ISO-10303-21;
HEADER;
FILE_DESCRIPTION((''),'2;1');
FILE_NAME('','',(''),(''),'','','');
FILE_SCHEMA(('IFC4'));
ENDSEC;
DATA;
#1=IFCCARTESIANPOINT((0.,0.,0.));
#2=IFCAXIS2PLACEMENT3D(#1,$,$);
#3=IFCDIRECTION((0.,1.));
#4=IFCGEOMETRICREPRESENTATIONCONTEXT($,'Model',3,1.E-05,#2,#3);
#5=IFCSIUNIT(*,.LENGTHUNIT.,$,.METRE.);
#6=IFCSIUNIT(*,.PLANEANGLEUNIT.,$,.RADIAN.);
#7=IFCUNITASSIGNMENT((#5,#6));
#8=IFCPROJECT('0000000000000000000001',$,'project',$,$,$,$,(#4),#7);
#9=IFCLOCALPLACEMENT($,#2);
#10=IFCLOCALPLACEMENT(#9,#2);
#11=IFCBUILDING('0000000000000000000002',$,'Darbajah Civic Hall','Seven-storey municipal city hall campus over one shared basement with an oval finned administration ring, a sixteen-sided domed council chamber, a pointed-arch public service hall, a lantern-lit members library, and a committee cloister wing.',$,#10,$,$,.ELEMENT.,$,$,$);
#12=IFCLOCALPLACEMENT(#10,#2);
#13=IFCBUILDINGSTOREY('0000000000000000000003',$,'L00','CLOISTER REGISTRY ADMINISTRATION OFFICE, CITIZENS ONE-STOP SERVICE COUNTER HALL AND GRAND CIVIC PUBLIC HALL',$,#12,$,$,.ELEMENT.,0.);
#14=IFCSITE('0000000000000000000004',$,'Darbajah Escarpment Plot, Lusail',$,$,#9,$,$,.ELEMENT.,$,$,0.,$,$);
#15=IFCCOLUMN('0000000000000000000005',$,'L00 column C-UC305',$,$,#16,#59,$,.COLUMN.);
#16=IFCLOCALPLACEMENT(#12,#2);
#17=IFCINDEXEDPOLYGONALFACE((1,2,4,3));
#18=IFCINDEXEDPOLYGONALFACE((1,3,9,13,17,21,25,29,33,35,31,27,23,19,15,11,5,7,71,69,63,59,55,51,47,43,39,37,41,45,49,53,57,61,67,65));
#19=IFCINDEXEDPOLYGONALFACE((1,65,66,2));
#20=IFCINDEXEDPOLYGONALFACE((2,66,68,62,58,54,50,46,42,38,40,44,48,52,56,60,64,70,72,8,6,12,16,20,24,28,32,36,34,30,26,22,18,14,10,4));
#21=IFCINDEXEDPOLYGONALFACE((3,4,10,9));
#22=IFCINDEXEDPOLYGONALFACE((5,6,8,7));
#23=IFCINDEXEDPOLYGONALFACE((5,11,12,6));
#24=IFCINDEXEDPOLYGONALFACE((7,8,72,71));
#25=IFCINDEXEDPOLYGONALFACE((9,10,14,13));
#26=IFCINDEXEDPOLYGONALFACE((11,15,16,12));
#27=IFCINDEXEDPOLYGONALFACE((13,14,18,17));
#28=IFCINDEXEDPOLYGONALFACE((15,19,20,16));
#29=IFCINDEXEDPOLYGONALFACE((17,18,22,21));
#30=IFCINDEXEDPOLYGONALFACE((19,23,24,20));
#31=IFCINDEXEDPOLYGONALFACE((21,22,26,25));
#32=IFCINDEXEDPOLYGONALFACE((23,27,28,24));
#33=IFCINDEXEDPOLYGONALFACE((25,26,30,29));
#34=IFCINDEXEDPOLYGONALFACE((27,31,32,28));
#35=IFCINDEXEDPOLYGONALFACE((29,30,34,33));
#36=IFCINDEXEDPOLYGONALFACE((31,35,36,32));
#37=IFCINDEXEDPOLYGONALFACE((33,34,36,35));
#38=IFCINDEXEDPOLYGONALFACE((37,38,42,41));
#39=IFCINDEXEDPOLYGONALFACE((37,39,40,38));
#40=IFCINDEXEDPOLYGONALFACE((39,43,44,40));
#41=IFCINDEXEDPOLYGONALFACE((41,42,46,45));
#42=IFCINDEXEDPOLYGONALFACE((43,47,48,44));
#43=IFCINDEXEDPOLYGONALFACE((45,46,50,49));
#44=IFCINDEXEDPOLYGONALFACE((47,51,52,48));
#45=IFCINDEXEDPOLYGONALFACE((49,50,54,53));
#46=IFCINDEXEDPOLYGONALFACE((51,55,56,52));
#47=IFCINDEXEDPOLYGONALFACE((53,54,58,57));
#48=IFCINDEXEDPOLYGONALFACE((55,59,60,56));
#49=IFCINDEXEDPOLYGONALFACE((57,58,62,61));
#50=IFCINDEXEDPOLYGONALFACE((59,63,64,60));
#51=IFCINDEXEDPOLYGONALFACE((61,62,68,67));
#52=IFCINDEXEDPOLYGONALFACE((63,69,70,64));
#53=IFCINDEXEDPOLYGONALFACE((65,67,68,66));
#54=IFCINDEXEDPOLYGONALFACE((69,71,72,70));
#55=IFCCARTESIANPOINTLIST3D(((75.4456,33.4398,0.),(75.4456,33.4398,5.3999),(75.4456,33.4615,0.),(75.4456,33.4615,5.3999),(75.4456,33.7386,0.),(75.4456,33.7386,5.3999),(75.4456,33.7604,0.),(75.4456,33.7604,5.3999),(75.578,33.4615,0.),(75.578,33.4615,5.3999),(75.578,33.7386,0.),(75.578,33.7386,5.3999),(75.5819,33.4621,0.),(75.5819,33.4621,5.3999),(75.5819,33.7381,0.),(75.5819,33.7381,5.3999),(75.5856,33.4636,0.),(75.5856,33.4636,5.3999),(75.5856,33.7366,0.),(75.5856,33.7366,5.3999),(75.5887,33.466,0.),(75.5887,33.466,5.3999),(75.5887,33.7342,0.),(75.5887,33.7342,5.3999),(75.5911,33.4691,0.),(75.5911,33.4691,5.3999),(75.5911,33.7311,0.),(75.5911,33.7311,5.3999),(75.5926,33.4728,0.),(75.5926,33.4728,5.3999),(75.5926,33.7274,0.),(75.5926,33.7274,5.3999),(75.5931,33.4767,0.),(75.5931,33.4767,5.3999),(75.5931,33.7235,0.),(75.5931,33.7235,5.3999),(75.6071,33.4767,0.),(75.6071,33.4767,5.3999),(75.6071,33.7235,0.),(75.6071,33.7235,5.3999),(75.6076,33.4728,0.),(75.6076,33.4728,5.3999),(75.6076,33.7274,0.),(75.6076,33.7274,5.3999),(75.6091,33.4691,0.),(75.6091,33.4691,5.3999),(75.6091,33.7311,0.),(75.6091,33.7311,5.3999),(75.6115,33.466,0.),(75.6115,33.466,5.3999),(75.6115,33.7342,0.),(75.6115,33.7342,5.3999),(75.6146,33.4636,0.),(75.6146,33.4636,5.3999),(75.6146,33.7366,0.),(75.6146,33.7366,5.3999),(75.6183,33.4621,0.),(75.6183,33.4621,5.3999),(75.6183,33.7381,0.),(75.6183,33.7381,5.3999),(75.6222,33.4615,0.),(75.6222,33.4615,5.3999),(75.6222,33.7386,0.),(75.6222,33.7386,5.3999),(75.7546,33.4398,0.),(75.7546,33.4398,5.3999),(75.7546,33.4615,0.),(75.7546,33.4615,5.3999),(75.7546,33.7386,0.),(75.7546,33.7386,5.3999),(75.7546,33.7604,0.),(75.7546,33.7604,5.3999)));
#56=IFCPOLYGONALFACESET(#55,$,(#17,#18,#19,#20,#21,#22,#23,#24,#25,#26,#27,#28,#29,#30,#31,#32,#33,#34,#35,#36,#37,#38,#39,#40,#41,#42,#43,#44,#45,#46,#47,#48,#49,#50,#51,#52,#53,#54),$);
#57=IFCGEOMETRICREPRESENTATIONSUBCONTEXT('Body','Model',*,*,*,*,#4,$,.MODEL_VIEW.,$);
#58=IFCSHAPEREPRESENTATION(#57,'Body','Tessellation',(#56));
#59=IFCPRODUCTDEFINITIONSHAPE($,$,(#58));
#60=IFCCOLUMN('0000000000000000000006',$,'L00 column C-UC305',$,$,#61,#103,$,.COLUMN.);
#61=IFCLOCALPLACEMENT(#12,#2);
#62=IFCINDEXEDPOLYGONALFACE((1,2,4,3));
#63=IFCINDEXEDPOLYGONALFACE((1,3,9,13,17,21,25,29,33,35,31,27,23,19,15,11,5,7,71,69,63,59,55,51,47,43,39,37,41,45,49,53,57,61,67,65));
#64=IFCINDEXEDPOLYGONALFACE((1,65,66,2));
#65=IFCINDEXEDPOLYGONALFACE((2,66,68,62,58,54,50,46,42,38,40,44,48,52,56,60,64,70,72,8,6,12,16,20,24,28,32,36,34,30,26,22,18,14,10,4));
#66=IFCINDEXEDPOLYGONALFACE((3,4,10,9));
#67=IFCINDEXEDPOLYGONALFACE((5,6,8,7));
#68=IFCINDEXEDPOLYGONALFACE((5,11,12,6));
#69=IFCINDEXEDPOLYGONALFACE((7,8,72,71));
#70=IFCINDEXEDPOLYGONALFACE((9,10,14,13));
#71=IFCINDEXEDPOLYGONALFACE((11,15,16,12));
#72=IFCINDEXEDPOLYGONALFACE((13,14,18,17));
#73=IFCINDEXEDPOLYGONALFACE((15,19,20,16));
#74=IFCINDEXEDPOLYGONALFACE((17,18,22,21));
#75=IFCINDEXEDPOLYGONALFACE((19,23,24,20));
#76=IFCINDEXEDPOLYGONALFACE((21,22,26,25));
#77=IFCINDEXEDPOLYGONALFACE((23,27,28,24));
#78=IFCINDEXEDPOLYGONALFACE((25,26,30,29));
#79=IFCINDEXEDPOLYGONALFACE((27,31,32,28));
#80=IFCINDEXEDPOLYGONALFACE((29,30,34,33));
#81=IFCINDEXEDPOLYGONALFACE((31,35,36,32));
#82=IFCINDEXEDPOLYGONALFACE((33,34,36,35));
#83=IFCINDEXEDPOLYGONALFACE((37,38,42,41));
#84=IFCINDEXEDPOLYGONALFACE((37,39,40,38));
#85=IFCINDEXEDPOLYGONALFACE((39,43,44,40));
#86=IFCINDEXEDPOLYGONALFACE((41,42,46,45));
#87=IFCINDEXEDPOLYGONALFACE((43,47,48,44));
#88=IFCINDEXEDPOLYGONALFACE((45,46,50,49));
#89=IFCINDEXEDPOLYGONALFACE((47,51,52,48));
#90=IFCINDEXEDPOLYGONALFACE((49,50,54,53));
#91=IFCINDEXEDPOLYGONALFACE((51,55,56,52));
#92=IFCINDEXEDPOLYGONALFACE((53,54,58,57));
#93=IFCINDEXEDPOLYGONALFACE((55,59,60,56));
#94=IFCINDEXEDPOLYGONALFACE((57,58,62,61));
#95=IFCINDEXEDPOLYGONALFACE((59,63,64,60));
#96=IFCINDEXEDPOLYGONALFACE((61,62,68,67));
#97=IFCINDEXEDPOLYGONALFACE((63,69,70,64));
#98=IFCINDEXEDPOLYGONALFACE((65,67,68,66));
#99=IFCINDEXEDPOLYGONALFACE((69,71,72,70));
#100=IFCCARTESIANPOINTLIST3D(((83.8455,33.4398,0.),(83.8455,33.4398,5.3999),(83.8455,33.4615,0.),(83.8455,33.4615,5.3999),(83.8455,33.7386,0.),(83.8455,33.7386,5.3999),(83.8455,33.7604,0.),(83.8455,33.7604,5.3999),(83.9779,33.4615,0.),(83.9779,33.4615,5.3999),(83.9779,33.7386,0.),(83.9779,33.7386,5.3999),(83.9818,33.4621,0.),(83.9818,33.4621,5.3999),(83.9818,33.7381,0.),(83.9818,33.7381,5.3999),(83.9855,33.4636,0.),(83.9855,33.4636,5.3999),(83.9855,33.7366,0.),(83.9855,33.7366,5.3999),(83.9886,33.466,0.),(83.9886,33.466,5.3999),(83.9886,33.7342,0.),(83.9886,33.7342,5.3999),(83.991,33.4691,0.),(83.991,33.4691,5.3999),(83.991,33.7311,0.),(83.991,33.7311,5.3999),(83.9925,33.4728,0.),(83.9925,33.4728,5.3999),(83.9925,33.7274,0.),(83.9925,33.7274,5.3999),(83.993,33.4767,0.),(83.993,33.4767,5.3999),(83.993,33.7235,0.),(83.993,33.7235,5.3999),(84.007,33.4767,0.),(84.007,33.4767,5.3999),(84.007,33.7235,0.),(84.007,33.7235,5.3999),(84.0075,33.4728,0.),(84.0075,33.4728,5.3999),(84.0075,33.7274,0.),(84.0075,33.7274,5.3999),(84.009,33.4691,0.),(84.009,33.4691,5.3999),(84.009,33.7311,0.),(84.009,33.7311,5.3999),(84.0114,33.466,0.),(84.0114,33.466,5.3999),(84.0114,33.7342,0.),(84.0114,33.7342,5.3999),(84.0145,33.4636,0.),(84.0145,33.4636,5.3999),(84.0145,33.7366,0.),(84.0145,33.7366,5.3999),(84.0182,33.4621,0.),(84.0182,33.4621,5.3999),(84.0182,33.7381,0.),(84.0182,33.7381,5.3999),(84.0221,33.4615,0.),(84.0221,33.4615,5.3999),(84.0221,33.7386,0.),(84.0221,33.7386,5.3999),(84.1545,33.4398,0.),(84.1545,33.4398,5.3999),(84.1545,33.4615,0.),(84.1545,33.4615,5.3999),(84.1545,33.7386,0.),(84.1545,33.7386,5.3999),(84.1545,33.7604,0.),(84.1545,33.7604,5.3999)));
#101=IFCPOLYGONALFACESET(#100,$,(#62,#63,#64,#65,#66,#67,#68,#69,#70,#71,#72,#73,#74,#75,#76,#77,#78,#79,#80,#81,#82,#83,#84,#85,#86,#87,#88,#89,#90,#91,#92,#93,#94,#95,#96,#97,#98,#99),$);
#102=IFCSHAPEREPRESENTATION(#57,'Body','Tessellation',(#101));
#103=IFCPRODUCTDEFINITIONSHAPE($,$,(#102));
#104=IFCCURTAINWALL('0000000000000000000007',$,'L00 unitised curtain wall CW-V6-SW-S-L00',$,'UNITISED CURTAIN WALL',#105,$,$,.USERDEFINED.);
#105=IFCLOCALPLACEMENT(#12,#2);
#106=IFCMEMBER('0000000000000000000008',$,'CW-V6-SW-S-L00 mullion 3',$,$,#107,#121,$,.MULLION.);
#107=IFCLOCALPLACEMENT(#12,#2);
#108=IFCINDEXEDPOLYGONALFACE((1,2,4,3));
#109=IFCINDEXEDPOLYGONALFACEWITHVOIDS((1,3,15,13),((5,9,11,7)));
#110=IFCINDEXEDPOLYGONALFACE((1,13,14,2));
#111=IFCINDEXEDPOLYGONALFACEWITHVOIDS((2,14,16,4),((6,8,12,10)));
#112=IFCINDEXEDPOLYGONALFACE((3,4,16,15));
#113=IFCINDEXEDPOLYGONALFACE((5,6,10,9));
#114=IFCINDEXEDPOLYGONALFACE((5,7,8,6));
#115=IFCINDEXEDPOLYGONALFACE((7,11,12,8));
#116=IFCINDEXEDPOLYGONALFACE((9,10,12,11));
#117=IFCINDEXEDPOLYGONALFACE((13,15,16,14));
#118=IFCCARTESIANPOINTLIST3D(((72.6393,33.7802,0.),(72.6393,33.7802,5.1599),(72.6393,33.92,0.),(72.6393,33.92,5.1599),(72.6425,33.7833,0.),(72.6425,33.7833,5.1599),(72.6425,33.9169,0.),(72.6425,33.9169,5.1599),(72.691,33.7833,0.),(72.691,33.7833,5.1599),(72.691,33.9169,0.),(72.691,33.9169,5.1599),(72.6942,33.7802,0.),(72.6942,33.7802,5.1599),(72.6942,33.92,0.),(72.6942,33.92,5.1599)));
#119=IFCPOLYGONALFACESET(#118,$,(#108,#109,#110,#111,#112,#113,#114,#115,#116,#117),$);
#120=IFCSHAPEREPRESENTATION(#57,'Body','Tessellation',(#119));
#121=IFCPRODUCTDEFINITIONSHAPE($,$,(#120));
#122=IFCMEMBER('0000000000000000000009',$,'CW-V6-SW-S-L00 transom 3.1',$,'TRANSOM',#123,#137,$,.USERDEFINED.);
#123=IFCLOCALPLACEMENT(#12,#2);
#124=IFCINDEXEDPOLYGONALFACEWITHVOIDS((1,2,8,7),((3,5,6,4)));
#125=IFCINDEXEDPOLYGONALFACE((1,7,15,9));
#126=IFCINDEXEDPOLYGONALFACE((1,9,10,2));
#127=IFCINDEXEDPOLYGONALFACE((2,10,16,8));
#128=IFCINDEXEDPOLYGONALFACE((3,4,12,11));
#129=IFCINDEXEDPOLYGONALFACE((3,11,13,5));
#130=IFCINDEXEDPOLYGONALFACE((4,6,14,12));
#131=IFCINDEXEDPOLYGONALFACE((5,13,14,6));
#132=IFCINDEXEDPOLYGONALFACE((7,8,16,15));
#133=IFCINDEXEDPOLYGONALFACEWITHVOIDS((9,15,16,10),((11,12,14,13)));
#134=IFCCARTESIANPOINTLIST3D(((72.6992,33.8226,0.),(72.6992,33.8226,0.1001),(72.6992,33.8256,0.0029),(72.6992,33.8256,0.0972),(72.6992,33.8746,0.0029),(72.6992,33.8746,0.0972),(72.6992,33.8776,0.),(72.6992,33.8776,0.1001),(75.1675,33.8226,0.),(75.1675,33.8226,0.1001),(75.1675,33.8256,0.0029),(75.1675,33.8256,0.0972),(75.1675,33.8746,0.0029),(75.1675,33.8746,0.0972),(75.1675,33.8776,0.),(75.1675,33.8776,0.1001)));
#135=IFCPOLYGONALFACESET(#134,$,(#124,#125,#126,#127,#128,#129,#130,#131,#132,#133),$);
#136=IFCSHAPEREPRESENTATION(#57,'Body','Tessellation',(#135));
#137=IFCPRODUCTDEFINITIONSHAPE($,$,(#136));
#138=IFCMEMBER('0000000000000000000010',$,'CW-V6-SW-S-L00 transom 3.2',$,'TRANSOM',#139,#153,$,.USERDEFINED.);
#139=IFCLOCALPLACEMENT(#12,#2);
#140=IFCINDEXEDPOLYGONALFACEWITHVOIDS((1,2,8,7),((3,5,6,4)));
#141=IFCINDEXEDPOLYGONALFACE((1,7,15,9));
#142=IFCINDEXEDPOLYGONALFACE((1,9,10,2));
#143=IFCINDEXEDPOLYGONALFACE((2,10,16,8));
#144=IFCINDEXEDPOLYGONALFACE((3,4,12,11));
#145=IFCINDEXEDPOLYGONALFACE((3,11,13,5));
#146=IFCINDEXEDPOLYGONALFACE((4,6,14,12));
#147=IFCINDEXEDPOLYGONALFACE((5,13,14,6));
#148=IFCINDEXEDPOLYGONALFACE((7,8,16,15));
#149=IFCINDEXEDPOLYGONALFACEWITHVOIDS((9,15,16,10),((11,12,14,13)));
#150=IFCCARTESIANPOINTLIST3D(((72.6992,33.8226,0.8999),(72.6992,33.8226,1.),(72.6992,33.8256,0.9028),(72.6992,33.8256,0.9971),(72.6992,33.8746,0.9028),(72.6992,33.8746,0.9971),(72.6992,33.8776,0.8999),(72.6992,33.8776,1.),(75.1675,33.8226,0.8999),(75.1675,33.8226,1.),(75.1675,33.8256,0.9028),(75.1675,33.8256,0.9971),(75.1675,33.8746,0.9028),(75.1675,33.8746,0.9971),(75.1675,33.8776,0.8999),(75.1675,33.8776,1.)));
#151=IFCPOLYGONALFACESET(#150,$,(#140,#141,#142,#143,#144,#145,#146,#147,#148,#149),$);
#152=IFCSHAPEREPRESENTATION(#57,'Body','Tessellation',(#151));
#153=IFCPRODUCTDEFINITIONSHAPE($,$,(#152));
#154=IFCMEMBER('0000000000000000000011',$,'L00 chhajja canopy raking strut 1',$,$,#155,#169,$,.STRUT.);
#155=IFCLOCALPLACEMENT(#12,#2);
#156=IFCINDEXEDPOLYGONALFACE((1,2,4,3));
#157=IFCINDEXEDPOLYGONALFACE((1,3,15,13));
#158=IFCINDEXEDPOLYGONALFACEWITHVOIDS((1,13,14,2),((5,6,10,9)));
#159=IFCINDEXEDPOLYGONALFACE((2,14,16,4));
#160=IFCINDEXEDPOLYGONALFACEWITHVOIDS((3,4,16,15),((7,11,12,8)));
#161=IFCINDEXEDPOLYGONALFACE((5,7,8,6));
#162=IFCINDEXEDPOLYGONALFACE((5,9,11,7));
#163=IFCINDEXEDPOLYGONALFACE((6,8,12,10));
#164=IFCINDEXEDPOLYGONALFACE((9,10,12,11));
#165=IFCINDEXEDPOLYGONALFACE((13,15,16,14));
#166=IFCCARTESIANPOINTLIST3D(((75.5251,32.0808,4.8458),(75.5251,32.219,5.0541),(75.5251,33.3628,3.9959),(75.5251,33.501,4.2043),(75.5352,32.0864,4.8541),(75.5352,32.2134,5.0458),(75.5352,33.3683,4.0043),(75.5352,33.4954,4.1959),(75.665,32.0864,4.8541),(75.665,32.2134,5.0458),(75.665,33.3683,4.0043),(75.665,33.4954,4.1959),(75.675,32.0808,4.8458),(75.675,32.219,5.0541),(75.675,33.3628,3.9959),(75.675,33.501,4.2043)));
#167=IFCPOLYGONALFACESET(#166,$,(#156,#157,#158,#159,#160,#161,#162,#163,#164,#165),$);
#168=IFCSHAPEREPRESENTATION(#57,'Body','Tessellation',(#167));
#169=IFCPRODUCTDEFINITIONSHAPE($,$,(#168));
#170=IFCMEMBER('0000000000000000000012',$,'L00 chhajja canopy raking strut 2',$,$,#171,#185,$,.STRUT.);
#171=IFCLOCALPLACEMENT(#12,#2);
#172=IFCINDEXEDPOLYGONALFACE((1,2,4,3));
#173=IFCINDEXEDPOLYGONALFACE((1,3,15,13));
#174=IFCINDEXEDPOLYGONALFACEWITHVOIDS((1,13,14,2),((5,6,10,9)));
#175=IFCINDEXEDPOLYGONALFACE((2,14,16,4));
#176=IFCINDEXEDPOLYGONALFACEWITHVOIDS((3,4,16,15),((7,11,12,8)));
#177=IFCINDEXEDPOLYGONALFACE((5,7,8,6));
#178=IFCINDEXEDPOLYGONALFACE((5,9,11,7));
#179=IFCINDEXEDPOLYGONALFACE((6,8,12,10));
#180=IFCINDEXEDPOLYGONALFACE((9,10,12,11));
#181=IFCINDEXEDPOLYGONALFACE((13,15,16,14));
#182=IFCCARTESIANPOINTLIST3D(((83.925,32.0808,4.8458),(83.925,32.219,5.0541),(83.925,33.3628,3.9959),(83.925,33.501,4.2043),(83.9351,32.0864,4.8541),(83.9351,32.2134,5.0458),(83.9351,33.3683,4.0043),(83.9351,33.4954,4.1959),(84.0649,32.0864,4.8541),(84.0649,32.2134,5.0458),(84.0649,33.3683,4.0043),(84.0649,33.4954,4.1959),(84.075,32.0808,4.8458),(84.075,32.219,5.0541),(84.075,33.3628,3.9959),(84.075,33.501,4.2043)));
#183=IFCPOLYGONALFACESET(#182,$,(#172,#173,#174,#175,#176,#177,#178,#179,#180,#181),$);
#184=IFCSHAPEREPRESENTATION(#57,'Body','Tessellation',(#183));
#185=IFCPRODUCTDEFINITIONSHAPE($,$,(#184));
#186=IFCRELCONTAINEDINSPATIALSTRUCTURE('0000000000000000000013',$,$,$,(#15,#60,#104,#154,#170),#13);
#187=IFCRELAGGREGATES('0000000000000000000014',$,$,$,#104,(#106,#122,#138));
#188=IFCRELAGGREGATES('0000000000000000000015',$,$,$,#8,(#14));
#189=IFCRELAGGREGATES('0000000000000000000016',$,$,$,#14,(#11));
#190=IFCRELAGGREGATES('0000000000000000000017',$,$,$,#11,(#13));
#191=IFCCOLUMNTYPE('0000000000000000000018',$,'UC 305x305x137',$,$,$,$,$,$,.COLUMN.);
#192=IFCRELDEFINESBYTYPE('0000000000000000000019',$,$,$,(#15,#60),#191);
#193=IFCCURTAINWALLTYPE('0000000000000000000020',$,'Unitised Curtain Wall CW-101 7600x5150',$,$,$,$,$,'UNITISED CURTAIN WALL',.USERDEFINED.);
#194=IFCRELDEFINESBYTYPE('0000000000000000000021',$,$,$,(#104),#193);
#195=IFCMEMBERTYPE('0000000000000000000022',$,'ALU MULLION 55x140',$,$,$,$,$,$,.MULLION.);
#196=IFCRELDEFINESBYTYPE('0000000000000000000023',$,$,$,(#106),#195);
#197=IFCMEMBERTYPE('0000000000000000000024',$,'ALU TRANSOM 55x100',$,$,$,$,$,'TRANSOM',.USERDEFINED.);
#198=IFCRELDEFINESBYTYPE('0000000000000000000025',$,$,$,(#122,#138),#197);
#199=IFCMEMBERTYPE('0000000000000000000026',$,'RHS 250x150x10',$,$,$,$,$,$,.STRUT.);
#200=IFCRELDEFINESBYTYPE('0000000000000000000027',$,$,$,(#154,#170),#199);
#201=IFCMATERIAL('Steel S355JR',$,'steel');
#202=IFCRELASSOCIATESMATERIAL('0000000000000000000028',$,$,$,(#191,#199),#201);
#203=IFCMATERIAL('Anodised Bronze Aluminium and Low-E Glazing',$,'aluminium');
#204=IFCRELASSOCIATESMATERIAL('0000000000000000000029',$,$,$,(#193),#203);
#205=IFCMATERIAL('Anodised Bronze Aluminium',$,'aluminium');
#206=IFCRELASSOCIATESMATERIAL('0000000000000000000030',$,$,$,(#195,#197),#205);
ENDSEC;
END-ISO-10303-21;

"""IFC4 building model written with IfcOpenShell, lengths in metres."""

from ifc_helpers import new_model, si_unit, direction, frame, origin, origin_2d, place, context, subcontext, project, spatial, hollow_rectangle, i_section, extrude, material, material_profile, profile_set, type_object, element, aggregate, save


model = new_model("IFC4")

# Units and contexts
model_context = context("Model", 3, precision=1e-05, world=origin(), true_north=direction((0.0, 1.0)))
body_context = subcontext(model_context, "Body", "Model", "MODEL_VIEW")
ifc_project = project(units=[si_unit("LENGTHUNIT", "METRE"), si_unit("PLANEANGLEUNIT", "RADIAN")], contexts=[model_context])

# Site, building, storey
site_placement = place(None, origin())
site = spatial("IfcSite", under=ifc_project, at=site_placement, Name="Darbajah Escarpment Plot, Lusail", CompositionType="ELEMENT", RefElevation=0.0)
building_placement = place(site_placement, origin())
building = spatial("IfcBuilding", under=site, at=building_placement, Name="Darbajah Civic Hall", Description="Seven-storey municipal city hall campus over one shared basement with an oval finned administration ring, a sixteen-sided domed council chamber, a pointed-arch public service hall, a lantern-lit members library, and a committee cloister wing.", CompositionType="ELEMENT")
storey_placement = place(building_placement, origin())
storey = spatial("IfcBuildingStorey", under=building, at=storey_placement, Name="L00", Description="CLOISTER REGISTRY ADMINISTRATION OFFICE, CITIZENS ONE-STOP SERVICE COUNTER HALL AND GRAND CIVIC PUBLIC HALL", CompositionType="ELEMENT", Elevation=0.0)

# Columns
ifc_material_1 = material(Name="Steel S355JR", Category="steel")
ifc_material_profile_1 = material_profile(ifc_material_1, i_section(OverallWidth=0.3091, OverallDepth=0.3206, WebThickness=0.0139, FlangeThickness=0.0217, FilletRadius=0.0151, at=origin_2d()), Name="UC 305x305x137")
ifc_profile_set_1 = profile_set([ifc_material_profile_1], Name="Steel S355JR")
column_type = type_object("IfcColumnType", Name="UC 305x305x137", PredefinedType="COLUMN", material=ifc_profile_set_1)
for number, where, z_axis, x_axis, name in (
    (1, (75.6001, 33.6001, 0.0), (0.0, 0.0, 1.0), (1.0, 0.0, 0.0), "L00 column C-UC305"),
    (2, (84.0, 33.6001, 0.0), (0.0, 0.0, 1.0), (1.0, 0.0, 0.0), "L00 column C-UC305"),
):
    element("IfcColumn", number, at=place(storey_placement, frame(where, z_axis=z_axis, x_axis=x_axis)), inside=storey, type_object=column_type, Name=name, PredefinedType="COLUMN", context=body_context, shape_type="SweptSolid", body=[
        extrude(i_section(OverallWidth=0.3091, OverallDepth=0.3206, WebThickness=0.0139, FlangeThickness=0.0217, FilletRadius=0.0151, at=origin_2d()), origin(), (0.0, 0.0, 1.0), 5.3999),
    ])

# Curtain wall, members
ifc_material_2 = material(Name="Anodised Bronze Aluminium and Low-E Glazing", Category="aluminium")
curtain_wall_type = type_object("IfcCurtainWallType", Name="Unitised Curtain Wall CW-101 7600x5150", ElementType="UNITISED CURTAIN WALL", PredefinedType="USERDEFINED", material=ifc_material_2)
curtain_wall_placement = place(storey_placement, origin())
curtain_wall = element("IfcCurtainWall", 3, at=curtain_wall_placement, inside=storey, type_object=curtain_wall_type, Name="L00 unitised curtain wall CW-V6-SW-S-L00", ObjectType="UNITISED CURTAIN WALL", PredefinedType="USERDEFINED")
ifc_material_3 = material(Name="Anodised Bronze Aluminium", Category="aluminium")
ifc_material_profile_2 = material_profile(ifc_material_3, hollow_rectangle(XDim=0.0549, YDim=0.1399, WallThickness=0.0032, at=origin_2d()), Name="ALU MULLION 55x140")
ifc_profile_set_2 = profile_set([ifc_material_profile_2], Name="Anodised Bronze Aluminium")
member_type_1 = type_object("IfcMemberType", Name="ALU MULLION 55x140", PredefinedType="MULLION", material=ifc_profile_set_2)
member_1_placement = place(storey_placement, frame((72.6667, 33.8501, 0.0), z_axis=(0.0, 0.0, 1.0), x_axis=(1.0, 0.0, 0.0)))
member_1 = element("IfcMember", 4, at=member_1_placement, type_object=member_type_1, Name="CW-V6-SW-S-L00 mullion 3", PredefinedType="MULLION", context=body_context, shape_type="SweptSolid", body=[
    extrude(hollow_rectangle(XDim=0.0549, YDim=0.1399, WallThickness=0.0032, at=origin_2d()), origin(), (0.0, 0.0, 1.0), 5.1599),
])
ifc_material_profile_3 = material_profile(ifc_material_3, hollow_rectangle(XDim=0.0549, YDim=0.1001, WallThickness=0.0029, at=origin_2d()), Name="ALU TRANSOM 55x100")
ifc_profile_set_3 = profile_set([ifc_material_profile_3], Name="Anodised Bronze Aluminium")
member_type_2 = type_object("IfcMemberType", Name="ALU TRANSOM 55x100", ElementType="TRANSOM", PredefinedType="USERDEFINED", material=ifc_profile_set_3)
member_2_placement = place(storey_placement, frame((72.6992, 33.8501, 0.05), z_axis=(1.0, 0.0, 0.0), x_axis=(0.0, 1.0, 0.0)))
member_2 = element("IfcMember", 5, at=member_2_placement, type_object=member_type_2, Name="CW-V6-SW-S-L00 transom 3.1", ObjectType="TRANSOM", PredefinedType="USERDEFINED", context=body_context, shape_type="SweptSolid", body=[
    extrude(hollow_rectangle(XDim=0.0549, YDim=0.1001, WallThickness=0.0029, at=origin_2d()), origin(), (0.0, 0.0, 1.0), 2.4683),
])
member_3_placement = place(storey_placement, frame((72.6992, 33.8501, 0.95), z_axis=(1.0, 0.0, 0.0), x_axis=(0.0, 1.0, 0.0)))
member_3 = element("IfcMember", 6, at=member_3_placement, type_object=member_type_2, Name="CW-V6-SW-S-L00 transom 3.2", ObjectType="TRANSOM", PredefinedType="USERDEFINED", context=body_context, shape_type="SweptSolid", body=[
    extrude(hollow_rectangle(XDim=0.0549, YDim=0.1001, WallThickness=0.0029, at=origin_2d()), origin(), (0.0, 0.0, 1.0), 2.4683),
])

# Members
ifc_material_profile_4 = material_profile(ifc_material_1, hollow_rectangle(XDim=0.1499, YDim=0.25, WallThickness=0.01, at=origin_2d()), Name="RHS 250x150x10")
ifc_profile_set_4 = profile_set([ifc_material_profile_4], Name="Steel S355JR")
member_type_3 = type_object("IfcMemberType", Name="RHS 250x150x10", PredefinedType="STRUT", material=ifc_profile_set_4)
for number, where, z_axis, x_axis, name in (
    (7, (75.6001, 33.4319, 4.1001), (0.0, -0.833488, 0.552537), (1.0, 0.0, 0.0), "L00 chhajja canopy raking strut 1"),
    (8, (84.0, 33.4319, 4.1001), (0.0, -0.833488, 0.552537), (1.0, 0.0, 0.0), "L00 chhajja canopy raking strut 2"),
):
    element("IfcMember", number, at=place(storey_placement, frame(where, z_axis=z_axis, x_axis=x_axis)), inside=storey, type_object=member_type_3, Name=name, PredefinedType="STRUT", context=body_context, shape_type="SweptSolid", body=[
        extrude(hollow_rectangle(XDim=0.1499, YDim=0.25, WallThickness=0.01, at=origin_2d()), origin(), (0.0, 0.0, 1.0), 1.5381),
    ])

aggregate(curtain_wall, [member_1, member_2, member_3])

save(model, "model.ifc")
